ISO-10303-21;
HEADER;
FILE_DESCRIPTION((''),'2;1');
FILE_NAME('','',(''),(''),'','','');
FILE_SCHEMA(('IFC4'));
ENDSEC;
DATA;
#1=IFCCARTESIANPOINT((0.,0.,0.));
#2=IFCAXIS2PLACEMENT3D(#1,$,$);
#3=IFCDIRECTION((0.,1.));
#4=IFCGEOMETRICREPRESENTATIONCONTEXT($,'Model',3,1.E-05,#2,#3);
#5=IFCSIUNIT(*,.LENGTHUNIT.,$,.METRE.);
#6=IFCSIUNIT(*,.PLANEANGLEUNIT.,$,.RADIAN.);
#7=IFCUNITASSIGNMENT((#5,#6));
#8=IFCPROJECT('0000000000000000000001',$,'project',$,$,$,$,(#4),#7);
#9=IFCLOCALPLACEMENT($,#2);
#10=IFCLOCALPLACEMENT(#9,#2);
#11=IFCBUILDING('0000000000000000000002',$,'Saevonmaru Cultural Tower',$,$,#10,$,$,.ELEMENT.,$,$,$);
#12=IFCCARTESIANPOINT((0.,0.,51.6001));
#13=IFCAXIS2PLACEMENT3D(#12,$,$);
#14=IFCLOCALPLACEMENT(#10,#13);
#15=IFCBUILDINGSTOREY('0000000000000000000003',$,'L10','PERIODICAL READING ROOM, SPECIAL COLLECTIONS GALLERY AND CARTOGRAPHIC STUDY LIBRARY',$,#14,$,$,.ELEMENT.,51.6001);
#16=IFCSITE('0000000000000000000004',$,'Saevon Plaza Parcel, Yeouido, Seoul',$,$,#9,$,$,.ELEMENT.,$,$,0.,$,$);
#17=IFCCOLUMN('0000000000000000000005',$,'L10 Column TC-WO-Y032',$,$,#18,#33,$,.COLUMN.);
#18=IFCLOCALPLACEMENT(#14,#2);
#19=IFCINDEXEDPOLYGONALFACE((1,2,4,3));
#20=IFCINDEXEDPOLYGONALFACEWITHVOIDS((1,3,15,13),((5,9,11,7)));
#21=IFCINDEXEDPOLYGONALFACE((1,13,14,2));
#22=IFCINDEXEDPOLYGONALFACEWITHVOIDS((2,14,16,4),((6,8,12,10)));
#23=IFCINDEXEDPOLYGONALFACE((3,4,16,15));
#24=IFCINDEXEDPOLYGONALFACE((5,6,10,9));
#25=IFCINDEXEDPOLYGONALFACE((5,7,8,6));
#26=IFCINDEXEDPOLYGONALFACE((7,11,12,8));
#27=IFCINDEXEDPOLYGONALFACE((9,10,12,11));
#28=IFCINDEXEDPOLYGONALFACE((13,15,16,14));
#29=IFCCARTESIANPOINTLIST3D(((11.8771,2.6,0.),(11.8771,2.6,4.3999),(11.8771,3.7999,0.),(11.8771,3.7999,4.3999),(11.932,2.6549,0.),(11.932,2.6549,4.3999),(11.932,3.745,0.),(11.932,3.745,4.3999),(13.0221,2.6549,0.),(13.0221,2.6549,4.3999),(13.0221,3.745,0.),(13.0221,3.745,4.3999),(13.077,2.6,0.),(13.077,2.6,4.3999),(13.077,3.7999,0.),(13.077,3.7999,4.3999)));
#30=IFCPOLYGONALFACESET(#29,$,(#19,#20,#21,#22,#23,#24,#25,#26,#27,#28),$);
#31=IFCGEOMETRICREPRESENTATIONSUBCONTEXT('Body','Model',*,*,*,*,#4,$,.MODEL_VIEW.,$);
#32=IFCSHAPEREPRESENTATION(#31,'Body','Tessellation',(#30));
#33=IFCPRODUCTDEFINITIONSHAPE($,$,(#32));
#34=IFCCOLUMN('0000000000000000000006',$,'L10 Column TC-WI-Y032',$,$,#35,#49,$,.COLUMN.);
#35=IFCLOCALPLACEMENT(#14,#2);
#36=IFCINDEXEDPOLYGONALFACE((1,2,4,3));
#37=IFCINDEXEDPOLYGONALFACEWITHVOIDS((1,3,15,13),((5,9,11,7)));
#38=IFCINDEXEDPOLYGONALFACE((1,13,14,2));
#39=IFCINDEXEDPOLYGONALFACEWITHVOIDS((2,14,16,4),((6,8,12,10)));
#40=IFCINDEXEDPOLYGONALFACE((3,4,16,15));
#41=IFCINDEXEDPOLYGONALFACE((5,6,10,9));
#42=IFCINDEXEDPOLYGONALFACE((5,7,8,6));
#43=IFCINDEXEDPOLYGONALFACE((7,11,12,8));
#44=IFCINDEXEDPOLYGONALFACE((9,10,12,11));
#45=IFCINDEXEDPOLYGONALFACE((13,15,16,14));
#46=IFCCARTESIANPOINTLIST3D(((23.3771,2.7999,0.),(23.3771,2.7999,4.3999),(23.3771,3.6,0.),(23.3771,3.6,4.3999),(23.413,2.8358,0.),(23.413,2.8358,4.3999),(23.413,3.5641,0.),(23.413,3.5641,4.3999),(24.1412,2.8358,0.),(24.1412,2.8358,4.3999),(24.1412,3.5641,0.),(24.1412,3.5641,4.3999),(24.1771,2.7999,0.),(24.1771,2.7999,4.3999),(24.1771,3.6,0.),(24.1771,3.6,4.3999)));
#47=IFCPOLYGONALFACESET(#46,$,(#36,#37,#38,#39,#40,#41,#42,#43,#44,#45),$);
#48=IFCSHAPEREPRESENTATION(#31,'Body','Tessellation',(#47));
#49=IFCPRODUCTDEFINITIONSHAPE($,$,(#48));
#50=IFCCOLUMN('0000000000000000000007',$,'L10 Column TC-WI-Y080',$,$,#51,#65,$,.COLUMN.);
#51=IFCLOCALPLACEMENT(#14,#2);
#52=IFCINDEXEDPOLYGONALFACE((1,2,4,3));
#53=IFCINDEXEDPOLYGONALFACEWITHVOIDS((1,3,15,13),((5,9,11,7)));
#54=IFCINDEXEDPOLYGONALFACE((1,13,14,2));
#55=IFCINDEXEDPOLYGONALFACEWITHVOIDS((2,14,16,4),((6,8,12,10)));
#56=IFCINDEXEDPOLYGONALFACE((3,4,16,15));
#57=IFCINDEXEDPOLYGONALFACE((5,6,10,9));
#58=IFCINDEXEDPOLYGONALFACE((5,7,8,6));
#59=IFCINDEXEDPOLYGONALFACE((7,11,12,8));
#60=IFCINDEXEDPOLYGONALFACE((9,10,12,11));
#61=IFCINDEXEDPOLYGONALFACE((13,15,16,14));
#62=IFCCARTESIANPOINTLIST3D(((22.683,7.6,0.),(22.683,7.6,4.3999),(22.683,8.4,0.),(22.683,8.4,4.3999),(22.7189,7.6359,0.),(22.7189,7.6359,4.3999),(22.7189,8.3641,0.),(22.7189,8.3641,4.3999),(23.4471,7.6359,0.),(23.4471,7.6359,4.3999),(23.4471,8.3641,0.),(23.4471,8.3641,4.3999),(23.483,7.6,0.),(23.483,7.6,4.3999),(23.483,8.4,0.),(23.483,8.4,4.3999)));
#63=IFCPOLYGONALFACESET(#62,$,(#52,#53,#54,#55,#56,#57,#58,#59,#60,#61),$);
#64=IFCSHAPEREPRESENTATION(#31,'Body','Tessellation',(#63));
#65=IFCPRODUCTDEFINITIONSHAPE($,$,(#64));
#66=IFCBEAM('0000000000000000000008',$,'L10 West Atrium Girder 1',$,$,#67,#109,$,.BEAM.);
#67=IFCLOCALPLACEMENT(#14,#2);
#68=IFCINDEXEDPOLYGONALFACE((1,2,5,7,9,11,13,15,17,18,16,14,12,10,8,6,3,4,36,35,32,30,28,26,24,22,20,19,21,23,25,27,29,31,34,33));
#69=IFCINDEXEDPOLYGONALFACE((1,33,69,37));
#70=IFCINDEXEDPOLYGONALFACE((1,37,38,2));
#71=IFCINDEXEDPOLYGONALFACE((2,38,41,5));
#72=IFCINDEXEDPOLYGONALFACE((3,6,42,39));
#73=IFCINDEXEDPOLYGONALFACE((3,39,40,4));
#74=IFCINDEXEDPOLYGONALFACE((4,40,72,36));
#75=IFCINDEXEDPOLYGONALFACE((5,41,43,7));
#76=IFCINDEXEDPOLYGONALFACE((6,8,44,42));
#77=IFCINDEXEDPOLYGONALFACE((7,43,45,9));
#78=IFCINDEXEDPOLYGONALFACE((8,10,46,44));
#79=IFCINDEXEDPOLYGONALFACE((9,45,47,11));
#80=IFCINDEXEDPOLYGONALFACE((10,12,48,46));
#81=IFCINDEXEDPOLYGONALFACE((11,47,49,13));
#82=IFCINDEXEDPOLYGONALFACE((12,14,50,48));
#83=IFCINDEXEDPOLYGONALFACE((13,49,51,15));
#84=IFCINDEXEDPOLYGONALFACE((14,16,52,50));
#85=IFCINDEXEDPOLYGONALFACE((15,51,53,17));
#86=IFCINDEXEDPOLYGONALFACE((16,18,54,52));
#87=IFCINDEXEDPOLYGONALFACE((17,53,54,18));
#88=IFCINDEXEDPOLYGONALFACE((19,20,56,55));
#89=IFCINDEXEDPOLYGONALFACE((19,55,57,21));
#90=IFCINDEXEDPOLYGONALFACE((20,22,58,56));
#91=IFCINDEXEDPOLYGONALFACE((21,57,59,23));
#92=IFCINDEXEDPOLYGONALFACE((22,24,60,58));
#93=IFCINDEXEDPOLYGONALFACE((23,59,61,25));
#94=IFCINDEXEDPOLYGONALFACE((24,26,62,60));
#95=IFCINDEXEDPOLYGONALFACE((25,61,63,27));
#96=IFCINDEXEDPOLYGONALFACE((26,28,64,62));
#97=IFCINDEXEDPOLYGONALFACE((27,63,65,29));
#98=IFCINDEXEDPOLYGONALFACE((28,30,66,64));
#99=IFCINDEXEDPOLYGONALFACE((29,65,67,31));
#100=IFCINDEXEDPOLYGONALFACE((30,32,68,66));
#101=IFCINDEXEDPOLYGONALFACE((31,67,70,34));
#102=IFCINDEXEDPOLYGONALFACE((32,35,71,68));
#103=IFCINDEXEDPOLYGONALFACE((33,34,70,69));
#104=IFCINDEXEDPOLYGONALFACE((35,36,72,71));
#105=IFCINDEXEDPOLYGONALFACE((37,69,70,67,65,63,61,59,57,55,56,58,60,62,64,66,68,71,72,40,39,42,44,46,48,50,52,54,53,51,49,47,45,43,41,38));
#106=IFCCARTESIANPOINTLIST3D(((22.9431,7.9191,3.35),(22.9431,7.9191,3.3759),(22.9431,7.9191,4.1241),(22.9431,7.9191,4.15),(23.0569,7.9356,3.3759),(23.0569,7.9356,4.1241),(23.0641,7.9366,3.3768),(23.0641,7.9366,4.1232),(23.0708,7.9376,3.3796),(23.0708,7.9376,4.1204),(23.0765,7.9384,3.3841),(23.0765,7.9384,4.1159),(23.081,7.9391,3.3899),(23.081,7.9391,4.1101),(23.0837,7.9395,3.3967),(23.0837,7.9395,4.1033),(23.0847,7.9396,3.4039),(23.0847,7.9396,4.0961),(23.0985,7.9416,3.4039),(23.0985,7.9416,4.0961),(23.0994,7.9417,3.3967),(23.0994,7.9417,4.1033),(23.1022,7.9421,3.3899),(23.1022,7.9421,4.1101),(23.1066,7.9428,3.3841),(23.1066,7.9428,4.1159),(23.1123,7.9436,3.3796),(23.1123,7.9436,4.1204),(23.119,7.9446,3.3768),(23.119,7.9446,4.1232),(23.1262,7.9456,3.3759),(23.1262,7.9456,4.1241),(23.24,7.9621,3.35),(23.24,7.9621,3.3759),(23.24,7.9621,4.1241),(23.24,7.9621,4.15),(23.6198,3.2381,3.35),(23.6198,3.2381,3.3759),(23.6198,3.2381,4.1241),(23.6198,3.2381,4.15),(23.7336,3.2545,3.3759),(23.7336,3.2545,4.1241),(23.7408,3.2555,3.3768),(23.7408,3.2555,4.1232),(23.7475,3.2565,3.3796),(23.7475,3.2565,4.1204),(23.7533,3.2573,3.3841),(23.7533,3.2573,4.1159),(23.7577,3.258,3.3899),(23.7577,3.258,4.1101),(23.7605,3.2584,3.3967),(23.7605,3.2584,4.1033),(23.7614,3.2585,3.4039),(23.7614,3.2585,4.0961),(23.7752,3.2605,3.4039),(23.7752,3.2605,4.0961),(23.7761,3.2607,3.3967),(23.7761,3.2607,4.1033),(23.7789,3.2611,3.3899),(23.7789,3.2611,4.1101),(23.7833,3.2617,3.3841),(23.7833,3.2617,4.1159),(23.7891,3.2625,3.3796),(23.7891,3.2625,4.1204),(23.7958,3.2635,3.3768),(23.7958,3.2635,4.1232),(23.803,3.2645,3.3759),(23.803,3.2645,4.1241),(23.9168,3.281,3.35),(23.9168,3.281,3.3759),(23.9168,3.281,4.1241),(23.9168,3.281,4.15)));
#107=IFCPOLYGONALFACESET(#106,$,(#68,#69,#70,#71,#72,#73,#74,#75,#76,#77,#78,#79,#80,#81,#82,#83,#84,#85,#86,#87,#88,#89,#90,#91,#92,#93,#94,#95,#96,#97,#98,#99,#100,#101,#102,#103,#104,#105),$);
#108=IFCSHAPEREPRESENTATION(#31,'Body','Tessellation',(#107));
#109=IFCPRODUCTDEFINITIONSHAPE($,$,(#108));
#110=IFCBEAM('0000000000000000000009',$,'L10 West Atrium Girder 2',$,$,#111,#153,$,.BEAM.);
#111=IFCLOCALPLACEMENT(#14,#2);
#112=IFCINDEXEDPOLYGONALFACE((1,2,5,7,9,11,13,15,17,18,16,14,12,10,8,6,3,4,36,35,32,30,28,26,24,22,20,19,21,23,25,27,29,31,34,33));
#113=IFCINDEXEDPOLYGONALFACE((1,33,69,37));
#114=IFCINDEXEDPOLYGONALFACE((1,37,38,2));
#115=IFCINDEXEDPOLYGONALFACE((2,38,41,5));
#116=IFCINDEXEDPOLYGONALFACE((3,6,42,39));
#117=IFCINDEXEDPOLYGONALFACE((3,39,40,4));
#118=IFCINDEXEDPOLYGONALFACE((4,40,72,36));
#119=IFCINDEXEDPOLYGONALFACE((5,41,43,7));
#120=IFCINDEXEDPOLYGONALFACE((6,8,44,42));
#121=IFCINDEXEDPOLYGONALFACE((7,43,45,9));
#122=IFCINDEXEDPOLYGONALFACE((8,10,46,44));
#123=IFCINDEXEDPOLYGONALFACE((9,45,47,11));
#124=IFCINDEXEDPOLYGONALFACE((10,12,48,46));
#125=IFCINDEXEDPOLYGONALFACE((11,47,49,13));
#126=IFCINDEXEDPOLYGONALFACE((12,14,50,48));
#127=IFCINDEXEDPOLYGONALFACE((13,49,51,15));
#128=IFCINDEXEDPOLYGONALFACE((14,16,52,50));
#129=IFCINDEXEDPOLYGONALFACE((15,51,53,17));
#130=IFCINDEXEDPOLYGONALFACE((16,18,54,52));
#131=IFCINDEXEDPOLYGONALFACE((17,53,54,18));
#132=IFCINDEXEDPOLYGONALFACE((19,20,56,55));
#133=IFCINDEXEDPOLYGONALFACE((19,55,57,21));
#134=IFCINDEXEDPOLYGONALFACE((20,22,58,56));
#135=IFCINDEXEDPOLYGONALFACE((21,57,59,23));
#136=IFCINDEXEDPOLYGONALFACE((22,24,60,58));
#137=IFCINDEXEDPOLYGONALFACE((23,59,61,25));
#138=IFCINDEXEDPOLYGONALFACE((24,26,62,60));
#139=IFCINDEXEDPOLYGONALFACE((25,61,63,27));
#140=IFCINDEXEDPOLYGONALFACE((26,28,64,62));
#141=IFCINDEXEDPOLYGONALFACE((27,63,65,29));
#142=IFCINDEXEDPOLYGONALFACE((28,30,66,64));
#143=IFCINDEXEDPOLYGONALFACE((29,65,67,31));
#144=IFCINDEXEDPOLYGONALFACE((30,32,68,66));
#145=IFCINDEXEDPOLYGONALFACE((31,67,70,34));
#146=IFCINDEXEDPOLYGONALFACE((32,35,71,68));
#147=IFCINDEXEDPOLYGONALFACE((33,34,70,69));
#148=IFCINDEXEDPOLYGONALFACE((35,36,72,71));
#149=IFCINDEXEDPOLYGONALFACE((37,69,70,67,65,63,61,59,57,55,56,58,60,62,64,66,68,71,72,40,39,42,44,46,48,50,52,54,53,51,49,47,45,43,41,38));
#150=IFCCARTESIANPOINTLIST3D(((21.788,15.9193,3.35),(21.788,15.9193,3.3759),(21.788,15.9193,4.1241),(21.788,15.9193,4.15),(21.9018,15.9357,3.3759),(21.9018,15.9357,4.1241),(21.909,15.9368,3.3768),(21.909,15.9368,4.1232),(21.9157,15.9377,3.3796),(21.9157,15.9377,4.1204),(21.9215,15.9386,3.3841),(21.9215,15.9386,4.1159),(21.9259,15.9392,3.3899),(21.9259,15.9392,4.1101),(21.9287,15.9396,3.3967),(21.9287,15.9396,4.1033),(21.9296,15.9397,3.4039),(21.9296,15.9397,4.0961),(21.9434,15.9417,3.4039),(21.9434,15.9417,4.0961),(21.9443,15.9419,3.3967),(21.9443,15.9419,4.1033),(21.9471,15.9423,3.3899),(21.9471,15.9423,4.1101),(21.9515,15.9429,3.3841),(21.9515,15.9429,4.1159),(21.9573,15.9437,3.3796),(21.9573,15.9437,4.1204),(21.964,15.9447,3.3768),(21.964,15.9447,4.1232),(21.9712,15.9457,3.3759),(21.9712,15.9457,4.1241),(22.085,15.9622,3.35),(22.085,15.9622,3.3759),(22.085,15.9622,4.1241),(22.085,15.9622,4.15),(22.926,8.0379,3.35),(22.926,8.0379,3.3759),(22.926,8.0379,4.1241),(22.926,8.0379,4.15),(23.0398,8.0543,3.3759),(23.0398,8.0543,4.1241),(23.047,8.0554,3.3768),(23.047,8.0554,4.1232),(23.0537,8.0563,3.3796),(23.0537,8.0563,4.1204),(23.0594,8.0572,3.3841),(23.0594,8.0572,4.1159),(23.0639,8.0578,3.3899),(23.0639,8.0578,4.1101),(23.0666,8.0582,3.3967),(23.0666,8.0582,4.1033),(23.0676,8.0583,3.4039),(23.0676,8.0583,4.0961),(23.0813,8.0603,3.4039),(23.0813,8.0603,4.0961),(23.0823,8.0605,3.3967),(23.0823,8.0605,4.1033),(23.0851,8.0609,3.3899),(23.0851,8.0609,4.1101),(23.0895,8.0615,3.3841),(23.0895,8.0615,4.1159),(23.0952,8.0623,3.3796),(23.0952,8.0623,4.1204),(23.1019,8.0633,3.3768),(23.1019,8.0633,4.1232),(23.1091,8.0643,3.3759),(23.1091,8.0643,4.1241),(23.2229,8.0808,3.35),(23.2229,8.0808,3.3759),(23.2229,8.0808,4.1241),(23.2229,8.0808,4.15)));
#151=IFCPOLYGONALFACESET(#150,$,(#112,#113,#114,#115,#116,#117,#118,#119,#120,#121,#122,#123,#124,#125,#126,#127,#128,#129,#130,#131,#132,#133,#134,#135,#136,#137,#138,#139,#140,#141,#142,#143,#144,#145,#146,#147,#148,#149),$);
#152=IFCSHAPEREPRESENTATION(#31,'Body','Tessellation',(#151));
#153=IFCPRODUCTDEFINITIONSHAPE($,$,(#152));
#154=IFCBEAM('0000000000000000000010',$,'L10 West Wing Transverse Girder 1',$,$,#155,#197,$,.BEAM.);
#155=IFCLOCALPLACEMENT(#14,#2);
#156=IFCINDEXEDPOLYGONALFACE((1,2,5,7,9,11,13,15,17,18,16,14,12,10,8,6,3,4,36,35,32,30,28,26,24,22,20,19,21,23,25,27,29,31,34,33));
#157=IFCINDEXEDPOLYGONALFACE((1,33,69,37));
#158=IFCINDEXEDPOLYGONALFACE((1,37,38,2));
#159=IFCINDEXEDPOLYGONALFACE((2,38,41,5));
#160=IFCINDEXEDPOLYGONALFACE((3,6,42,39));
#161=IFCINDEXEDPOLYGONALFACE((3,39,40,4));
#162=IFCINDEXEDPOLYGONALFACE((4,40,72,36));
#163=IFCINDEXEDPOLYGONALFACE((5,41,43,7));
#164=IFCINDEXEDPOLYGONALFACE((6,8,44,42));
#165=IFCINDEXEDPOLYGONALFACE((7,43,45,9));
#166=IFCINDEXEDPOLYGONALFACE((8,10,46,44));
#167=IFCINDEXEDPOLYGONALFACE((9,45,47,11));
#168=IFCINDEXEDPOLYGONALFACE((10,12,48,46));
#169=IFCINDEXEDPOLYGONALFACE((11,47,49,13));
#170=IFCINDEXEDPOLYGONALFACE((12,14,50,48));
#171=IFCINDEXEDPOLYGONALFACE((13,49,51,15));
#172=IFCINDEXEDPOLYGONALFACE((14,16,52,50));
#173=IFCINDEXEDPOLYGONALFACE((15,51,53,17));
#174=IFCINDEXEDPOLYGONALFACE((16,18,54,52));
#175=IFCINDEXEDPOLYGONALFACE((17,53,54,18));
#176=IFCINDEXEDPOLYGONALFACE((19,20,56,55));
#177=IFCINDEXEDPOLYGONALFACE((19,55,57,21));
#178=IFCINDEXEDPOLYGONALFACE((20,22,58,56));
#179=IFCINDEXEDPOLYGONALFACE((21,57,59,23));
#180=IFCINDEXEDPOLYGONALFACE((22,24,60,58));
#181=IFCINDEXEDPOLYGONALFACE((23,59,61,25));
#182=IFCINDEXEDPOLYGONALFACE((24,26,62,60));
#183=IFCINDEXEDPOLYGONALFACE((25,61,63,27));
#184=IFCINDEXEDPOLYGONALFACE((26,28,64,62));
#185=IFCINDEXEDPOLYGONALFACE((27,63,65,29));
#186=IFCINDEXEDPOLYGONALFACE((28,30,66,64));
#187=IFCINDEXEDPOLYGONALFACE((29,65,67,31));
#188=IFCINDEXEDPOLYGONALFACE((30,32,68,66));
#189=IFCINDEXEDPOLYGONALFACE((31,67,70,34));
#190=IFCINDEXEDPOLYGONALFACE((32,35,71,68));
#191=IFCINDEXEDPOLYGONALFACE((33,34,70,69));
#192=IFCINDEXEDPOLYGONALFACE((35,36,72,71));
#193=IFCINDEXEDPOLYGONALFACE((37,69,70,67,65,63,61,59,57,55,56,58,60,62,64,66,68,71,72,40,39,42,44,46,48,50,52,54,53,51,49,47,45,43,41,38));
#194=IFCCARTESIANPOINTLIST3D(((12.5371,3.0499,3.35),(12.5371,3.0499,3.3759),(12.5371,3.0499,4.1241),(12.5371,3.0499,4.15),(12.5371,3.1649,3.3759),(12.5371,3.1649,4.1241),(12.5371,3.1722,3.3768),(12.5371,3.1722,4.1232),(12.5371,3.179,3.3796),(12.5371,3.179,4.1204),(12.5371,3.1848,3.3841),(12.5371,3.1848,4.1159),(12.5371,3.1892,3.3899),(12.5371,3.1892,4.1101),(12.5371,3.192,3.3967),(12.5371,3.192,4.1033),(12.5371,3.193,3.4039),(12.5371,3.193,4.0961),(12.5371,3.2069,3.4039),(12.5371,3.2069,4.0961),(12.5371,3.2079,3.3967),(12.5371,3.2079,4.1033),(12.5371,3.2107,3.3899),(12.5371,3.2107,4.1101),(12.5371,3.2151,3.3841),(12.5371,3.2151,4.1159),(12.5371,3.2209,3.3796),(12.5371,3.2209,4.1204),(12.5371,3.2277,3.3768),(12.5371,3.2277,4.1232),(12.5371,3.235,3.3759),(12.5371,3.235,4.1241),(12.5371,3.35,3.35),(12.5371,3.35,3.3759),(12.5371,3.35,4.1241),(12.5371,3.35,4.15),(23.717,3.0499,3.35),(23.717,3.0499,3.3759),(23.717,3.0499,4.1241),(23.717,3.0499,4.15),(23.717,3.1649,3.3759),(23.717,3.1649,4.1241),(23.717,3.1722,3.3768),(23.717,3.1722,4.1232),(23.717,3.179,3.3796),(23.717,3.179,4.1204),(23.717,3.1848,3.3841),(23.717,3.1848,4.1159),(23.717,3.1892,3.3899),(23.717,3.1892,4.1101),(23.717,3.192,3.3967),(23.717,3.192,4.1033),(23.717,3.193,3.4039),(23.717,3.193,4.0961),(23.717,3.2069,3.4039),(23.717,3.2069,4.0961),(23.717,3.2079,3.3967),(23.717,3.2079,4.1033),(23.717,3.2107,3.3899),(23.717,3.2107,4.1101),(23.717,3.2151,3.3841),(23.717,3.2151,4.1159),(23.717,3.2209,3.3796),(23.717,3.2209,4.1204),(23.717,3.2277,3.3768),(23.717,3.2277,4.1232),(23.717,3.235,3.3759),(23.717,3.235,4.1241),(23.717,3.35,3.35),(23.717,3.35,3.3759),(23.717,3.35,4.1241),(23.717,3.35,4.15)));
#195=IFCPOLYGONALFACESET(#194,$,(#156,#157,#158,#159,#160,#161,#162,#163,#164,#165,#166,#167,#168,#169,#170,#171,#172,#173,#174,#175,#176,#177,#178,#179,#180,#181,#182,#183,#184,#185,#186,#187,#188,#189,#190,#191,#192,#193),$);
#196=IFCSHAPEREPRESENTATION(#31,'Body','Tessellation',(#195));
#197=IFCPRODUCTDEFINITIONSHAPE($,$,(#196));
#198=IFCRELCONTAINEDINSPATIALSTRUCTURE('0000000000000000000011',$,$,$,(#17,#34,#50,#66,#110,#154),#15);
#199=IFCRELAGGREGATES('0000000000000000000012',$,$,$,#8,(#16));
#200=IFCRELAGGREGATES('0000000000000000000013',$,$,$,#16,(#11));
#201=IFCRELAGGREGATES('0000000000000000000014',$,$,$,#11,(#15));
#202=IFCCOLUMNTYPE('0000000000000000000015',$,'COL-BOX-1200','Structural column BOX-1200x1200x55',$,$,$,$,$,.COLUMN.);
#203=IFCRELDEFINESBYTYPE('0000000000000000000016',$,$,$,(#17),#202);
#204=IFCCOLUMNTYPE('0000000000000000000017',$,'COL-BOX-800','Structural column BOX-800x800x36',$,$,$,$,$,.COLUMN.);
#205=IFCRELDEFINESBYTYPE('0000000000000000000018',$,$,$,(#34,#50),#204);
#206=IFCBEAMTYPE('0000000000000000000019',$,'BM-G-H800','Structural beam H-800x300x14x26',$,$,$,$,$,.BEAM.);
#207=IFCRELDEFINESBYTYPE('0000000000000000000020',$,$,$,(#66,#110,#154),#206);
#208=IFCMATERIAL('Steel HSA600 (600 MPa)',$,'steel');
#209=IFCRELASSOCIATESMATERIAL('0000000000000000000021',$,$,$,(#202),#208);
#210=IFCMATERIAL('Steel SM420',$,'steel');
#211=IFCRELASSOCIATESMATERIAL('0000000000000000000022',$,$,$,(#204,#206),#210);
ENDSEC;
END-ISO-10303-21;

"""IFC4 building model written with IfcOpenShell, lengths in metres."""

from ifc_helpers import new_model, si_unit, direction, frame, origin, origin_2d, place, context, subcontext, project, spatial, hollow_rectangle, i_section, extrude, material, material_profile, profile_set, type_object, element, save


model = new_model("IFC4")

# Units and contexts
model_context = context("Model", 3, precision=1e-05, world=origin(), true_north=direction((0.0, 1.0)))
body_context = subcontext(model_context, "Body", "Model", "MODEL_VIEW")
ifc_project = project(units=[si_unit("LENGTHUNIT", "METRE"), si_unit("PLANEANGLEUNIT", "RADIAN")], contexts=[model_context])

# Site, building, storey
site_placement = place(None, origin())
site = spatial("IfcSite", under=ifc_project, at=site_placement, Name="Saevon Plaza Parcel, Yeouido, Seoul", CompositionType="ELEMENT", RefElevation=0.0)
building_placement = place(site_placement, origin())
building = spatial("IfcBuilding", under=site, at=building_placement, Name="Saevonmaru Cultural Tower", CompositionType="ELEMENT")
storey_placement = place(building_placement, frame((0.0, 0.0, 51.6001)))
storey = spatial("IfcBuildingStorey", under=building, at=storey_placement, Name="L10", Description="PERIODICAL READING ROOM, SPECIAL COLLECTIONS GALLERY AND CARTOGRAPHIC STUDY LIBRARY", CompositionType="ELEMENT", Elevation=51.6001)

# Columns
ifc_material_1 = material(Name="Steel HSA600 (600 MPa)", Category="steel")
ifc_material_profile_1 = material_profile(ifc_material_1, hollow_rectangle(XDim=1.2, YDim=1.2, WallThickness=0.0549, at=origin_2d()), Name="BOX-1200x1200x55")
ifc_profile_set_1 = profile_set([ifc_material_profile_1], Name="Steel HSA600 (600 MPa)")
column_type_1 = type_object("IfcColumnType", Name="COL-BOX-1200", Description="Structural column BOX-1200x1200x55", PredefinedType="COLUMN", material=ifc_profile_set_1)
column_placement = place(storey_placement, frame((12.4771, 3.2, 0.0), z_axis=(0.0, 0.0, 1.0), x_axis=(1.0, 0.0, 0.0)))
element("IfcColumn", 1, at=column_placement, inside=storey, type_object=column_type_1, Name="L10 Column TC-WO-Y032", PredefinedType="COLUMN", context=body_context, shape_type="SweptSolid", body=[
    extrude(hollow_rectangle(XDim=1.2, YDim=1.2, WallThickness=0.0549, at=origin_2d()), origin(), (0.0, 0.0, 1.0), 4.3999),
])
ifc_material_2 = material(Name="Steel SM420", Category="steel")
ifc_material_profile_2 = material_profile(ifc_material_2, hollow_rectangle(XDim=0.8, YDim=0.8, WallThickness=0.0359, at=origin_2d()), Name="BOX-800x800x36")
ifc_profile_set_2 = profile_set([ifc_material_profile_2], Name="Steel SM420")
column_type_2 = type_object("IfcColumnType", Name="COL-BOX-800", Description="Structural column BOX-800x800x36", PredefinedType="COLUMN", material=ifc_profile_set_2)
for number, where, z_axis, x_axis, name in (
    (2, (23.7771, 3.2, 0.0), (0.0, 0.0, 1.0), (1.0, 0.0, 0.0), "L10 Column TC-WI-Y032"),
    (3, (23.083, 8.0, 0.0), (0.0, 0.0, 1.0), (1.0, 0.0, 0.0), "L10 Column TC-WI-Y080"),
):
    element("IfcColumn", number, at=place(storey_placement, frame(where, z_axis=z_axis, x_axis=x_axis)), inside=storey, type_object=column_type_2, Name=name, PredefinedType="COLUMN", context=body_context, shape_type="SweptSolid", body=[
        extrude(hollow_rectangle(XDim=0.8, YDim=0.8, WallThickness=0.0359, at=origin_2d()), origin(), (0.0, 0.0, 1.0), 4.3999),
    ])

# Beams
ifc_material_profile_3 = material_profile(ifc_material_2, i_section(OverallWidth=0.3, OverallDepth=0.8, WebThickness=0.0139, FlangeThickness=0.0259, FilletRadius=0.0281, at=origin_2d()), Name="H-800x300x14x26")
ifc_profile_set_3 = profile_set([ifc_material_profile_3], Name="Steel SM420")
beam_type_1 = type_object("IfcBeamType", Name="BM-G-H800", Description="Structural beam H-800x300x14x26", PredefinedType="BEAM", material=ifc_profile_set_3)
beam_1_placement = place(storey_placement, frame((23.7683, 3.2595, 3.75), z_axis=(-0.143083, 0.989711, 0.0), x_axis=(-0.989711, -0.143083, 0.0)))
element("IfcBeam", 4, at=beam_1_placement, inside=storey, type_object=beam_type_1, Name="L10 West Atrium Girder 1", PredefinedType="BEAM", context=body_context, shape_type="SweptSolid", body=[
    extrude(i_section(OverallWidth=0.3, OverallDepth=0.8, WebThickness=0.0139, FlangeThickness=0.0259, FilletRadius=0.0281, at=origin_2d()), origin(), (0.0, 0.0, 1.0), 4.7297),
])
beam_2_placement = place(storey_placement, frame((23.0745, 8.0593, 3.75), z_axis=(-0.142902, 0.989737, 0.0), x_axis=(-0.989737, -0.142902, 0.0)))
element("IfcBeam", 5, at=beam_2_placement, inside=storey, type_object=beam_type_1, Name="L10 West Atrium Girder 2", PredefinedType="BEAM", context=body_context, shape_type="SweptSolid", body=[
    extrude(i_section(OverallWidth=0.3, OverallDepth=0.8, WebThickness=0.0139, FlangeThickness=0.0259, FilletRadius=0.0281, at=origin_2d()), origin(), (0.0, 0.0, 1.0), 7.9631),
])
beam_3_placement = place(storey_placement, frame((12.5371, 3.2, 3.75), z_axis=(1.0, 0.0, 0.0), x_axis=(0.0, 1.0, 0.0)))
element("IfcBeam", 6, at=beam_3_placement, inside=storey, type_object=beam_type_1, Name="L10 West Wing Transverse Girder 1", PredefinedType="BEAM", context=body_context, shape_type="SweptSolid", body=[
    extrude(i_section(OverallWidth=0.3, OverallDepth=0.8, WebThickness=0.0139, FlangeThickness=0.0259, FilletRadius=0.0281, at=origin_2d()), origin(), (0.0, 0.0, 1.0), 11.1799),
])

save(model, "model.ifc")
